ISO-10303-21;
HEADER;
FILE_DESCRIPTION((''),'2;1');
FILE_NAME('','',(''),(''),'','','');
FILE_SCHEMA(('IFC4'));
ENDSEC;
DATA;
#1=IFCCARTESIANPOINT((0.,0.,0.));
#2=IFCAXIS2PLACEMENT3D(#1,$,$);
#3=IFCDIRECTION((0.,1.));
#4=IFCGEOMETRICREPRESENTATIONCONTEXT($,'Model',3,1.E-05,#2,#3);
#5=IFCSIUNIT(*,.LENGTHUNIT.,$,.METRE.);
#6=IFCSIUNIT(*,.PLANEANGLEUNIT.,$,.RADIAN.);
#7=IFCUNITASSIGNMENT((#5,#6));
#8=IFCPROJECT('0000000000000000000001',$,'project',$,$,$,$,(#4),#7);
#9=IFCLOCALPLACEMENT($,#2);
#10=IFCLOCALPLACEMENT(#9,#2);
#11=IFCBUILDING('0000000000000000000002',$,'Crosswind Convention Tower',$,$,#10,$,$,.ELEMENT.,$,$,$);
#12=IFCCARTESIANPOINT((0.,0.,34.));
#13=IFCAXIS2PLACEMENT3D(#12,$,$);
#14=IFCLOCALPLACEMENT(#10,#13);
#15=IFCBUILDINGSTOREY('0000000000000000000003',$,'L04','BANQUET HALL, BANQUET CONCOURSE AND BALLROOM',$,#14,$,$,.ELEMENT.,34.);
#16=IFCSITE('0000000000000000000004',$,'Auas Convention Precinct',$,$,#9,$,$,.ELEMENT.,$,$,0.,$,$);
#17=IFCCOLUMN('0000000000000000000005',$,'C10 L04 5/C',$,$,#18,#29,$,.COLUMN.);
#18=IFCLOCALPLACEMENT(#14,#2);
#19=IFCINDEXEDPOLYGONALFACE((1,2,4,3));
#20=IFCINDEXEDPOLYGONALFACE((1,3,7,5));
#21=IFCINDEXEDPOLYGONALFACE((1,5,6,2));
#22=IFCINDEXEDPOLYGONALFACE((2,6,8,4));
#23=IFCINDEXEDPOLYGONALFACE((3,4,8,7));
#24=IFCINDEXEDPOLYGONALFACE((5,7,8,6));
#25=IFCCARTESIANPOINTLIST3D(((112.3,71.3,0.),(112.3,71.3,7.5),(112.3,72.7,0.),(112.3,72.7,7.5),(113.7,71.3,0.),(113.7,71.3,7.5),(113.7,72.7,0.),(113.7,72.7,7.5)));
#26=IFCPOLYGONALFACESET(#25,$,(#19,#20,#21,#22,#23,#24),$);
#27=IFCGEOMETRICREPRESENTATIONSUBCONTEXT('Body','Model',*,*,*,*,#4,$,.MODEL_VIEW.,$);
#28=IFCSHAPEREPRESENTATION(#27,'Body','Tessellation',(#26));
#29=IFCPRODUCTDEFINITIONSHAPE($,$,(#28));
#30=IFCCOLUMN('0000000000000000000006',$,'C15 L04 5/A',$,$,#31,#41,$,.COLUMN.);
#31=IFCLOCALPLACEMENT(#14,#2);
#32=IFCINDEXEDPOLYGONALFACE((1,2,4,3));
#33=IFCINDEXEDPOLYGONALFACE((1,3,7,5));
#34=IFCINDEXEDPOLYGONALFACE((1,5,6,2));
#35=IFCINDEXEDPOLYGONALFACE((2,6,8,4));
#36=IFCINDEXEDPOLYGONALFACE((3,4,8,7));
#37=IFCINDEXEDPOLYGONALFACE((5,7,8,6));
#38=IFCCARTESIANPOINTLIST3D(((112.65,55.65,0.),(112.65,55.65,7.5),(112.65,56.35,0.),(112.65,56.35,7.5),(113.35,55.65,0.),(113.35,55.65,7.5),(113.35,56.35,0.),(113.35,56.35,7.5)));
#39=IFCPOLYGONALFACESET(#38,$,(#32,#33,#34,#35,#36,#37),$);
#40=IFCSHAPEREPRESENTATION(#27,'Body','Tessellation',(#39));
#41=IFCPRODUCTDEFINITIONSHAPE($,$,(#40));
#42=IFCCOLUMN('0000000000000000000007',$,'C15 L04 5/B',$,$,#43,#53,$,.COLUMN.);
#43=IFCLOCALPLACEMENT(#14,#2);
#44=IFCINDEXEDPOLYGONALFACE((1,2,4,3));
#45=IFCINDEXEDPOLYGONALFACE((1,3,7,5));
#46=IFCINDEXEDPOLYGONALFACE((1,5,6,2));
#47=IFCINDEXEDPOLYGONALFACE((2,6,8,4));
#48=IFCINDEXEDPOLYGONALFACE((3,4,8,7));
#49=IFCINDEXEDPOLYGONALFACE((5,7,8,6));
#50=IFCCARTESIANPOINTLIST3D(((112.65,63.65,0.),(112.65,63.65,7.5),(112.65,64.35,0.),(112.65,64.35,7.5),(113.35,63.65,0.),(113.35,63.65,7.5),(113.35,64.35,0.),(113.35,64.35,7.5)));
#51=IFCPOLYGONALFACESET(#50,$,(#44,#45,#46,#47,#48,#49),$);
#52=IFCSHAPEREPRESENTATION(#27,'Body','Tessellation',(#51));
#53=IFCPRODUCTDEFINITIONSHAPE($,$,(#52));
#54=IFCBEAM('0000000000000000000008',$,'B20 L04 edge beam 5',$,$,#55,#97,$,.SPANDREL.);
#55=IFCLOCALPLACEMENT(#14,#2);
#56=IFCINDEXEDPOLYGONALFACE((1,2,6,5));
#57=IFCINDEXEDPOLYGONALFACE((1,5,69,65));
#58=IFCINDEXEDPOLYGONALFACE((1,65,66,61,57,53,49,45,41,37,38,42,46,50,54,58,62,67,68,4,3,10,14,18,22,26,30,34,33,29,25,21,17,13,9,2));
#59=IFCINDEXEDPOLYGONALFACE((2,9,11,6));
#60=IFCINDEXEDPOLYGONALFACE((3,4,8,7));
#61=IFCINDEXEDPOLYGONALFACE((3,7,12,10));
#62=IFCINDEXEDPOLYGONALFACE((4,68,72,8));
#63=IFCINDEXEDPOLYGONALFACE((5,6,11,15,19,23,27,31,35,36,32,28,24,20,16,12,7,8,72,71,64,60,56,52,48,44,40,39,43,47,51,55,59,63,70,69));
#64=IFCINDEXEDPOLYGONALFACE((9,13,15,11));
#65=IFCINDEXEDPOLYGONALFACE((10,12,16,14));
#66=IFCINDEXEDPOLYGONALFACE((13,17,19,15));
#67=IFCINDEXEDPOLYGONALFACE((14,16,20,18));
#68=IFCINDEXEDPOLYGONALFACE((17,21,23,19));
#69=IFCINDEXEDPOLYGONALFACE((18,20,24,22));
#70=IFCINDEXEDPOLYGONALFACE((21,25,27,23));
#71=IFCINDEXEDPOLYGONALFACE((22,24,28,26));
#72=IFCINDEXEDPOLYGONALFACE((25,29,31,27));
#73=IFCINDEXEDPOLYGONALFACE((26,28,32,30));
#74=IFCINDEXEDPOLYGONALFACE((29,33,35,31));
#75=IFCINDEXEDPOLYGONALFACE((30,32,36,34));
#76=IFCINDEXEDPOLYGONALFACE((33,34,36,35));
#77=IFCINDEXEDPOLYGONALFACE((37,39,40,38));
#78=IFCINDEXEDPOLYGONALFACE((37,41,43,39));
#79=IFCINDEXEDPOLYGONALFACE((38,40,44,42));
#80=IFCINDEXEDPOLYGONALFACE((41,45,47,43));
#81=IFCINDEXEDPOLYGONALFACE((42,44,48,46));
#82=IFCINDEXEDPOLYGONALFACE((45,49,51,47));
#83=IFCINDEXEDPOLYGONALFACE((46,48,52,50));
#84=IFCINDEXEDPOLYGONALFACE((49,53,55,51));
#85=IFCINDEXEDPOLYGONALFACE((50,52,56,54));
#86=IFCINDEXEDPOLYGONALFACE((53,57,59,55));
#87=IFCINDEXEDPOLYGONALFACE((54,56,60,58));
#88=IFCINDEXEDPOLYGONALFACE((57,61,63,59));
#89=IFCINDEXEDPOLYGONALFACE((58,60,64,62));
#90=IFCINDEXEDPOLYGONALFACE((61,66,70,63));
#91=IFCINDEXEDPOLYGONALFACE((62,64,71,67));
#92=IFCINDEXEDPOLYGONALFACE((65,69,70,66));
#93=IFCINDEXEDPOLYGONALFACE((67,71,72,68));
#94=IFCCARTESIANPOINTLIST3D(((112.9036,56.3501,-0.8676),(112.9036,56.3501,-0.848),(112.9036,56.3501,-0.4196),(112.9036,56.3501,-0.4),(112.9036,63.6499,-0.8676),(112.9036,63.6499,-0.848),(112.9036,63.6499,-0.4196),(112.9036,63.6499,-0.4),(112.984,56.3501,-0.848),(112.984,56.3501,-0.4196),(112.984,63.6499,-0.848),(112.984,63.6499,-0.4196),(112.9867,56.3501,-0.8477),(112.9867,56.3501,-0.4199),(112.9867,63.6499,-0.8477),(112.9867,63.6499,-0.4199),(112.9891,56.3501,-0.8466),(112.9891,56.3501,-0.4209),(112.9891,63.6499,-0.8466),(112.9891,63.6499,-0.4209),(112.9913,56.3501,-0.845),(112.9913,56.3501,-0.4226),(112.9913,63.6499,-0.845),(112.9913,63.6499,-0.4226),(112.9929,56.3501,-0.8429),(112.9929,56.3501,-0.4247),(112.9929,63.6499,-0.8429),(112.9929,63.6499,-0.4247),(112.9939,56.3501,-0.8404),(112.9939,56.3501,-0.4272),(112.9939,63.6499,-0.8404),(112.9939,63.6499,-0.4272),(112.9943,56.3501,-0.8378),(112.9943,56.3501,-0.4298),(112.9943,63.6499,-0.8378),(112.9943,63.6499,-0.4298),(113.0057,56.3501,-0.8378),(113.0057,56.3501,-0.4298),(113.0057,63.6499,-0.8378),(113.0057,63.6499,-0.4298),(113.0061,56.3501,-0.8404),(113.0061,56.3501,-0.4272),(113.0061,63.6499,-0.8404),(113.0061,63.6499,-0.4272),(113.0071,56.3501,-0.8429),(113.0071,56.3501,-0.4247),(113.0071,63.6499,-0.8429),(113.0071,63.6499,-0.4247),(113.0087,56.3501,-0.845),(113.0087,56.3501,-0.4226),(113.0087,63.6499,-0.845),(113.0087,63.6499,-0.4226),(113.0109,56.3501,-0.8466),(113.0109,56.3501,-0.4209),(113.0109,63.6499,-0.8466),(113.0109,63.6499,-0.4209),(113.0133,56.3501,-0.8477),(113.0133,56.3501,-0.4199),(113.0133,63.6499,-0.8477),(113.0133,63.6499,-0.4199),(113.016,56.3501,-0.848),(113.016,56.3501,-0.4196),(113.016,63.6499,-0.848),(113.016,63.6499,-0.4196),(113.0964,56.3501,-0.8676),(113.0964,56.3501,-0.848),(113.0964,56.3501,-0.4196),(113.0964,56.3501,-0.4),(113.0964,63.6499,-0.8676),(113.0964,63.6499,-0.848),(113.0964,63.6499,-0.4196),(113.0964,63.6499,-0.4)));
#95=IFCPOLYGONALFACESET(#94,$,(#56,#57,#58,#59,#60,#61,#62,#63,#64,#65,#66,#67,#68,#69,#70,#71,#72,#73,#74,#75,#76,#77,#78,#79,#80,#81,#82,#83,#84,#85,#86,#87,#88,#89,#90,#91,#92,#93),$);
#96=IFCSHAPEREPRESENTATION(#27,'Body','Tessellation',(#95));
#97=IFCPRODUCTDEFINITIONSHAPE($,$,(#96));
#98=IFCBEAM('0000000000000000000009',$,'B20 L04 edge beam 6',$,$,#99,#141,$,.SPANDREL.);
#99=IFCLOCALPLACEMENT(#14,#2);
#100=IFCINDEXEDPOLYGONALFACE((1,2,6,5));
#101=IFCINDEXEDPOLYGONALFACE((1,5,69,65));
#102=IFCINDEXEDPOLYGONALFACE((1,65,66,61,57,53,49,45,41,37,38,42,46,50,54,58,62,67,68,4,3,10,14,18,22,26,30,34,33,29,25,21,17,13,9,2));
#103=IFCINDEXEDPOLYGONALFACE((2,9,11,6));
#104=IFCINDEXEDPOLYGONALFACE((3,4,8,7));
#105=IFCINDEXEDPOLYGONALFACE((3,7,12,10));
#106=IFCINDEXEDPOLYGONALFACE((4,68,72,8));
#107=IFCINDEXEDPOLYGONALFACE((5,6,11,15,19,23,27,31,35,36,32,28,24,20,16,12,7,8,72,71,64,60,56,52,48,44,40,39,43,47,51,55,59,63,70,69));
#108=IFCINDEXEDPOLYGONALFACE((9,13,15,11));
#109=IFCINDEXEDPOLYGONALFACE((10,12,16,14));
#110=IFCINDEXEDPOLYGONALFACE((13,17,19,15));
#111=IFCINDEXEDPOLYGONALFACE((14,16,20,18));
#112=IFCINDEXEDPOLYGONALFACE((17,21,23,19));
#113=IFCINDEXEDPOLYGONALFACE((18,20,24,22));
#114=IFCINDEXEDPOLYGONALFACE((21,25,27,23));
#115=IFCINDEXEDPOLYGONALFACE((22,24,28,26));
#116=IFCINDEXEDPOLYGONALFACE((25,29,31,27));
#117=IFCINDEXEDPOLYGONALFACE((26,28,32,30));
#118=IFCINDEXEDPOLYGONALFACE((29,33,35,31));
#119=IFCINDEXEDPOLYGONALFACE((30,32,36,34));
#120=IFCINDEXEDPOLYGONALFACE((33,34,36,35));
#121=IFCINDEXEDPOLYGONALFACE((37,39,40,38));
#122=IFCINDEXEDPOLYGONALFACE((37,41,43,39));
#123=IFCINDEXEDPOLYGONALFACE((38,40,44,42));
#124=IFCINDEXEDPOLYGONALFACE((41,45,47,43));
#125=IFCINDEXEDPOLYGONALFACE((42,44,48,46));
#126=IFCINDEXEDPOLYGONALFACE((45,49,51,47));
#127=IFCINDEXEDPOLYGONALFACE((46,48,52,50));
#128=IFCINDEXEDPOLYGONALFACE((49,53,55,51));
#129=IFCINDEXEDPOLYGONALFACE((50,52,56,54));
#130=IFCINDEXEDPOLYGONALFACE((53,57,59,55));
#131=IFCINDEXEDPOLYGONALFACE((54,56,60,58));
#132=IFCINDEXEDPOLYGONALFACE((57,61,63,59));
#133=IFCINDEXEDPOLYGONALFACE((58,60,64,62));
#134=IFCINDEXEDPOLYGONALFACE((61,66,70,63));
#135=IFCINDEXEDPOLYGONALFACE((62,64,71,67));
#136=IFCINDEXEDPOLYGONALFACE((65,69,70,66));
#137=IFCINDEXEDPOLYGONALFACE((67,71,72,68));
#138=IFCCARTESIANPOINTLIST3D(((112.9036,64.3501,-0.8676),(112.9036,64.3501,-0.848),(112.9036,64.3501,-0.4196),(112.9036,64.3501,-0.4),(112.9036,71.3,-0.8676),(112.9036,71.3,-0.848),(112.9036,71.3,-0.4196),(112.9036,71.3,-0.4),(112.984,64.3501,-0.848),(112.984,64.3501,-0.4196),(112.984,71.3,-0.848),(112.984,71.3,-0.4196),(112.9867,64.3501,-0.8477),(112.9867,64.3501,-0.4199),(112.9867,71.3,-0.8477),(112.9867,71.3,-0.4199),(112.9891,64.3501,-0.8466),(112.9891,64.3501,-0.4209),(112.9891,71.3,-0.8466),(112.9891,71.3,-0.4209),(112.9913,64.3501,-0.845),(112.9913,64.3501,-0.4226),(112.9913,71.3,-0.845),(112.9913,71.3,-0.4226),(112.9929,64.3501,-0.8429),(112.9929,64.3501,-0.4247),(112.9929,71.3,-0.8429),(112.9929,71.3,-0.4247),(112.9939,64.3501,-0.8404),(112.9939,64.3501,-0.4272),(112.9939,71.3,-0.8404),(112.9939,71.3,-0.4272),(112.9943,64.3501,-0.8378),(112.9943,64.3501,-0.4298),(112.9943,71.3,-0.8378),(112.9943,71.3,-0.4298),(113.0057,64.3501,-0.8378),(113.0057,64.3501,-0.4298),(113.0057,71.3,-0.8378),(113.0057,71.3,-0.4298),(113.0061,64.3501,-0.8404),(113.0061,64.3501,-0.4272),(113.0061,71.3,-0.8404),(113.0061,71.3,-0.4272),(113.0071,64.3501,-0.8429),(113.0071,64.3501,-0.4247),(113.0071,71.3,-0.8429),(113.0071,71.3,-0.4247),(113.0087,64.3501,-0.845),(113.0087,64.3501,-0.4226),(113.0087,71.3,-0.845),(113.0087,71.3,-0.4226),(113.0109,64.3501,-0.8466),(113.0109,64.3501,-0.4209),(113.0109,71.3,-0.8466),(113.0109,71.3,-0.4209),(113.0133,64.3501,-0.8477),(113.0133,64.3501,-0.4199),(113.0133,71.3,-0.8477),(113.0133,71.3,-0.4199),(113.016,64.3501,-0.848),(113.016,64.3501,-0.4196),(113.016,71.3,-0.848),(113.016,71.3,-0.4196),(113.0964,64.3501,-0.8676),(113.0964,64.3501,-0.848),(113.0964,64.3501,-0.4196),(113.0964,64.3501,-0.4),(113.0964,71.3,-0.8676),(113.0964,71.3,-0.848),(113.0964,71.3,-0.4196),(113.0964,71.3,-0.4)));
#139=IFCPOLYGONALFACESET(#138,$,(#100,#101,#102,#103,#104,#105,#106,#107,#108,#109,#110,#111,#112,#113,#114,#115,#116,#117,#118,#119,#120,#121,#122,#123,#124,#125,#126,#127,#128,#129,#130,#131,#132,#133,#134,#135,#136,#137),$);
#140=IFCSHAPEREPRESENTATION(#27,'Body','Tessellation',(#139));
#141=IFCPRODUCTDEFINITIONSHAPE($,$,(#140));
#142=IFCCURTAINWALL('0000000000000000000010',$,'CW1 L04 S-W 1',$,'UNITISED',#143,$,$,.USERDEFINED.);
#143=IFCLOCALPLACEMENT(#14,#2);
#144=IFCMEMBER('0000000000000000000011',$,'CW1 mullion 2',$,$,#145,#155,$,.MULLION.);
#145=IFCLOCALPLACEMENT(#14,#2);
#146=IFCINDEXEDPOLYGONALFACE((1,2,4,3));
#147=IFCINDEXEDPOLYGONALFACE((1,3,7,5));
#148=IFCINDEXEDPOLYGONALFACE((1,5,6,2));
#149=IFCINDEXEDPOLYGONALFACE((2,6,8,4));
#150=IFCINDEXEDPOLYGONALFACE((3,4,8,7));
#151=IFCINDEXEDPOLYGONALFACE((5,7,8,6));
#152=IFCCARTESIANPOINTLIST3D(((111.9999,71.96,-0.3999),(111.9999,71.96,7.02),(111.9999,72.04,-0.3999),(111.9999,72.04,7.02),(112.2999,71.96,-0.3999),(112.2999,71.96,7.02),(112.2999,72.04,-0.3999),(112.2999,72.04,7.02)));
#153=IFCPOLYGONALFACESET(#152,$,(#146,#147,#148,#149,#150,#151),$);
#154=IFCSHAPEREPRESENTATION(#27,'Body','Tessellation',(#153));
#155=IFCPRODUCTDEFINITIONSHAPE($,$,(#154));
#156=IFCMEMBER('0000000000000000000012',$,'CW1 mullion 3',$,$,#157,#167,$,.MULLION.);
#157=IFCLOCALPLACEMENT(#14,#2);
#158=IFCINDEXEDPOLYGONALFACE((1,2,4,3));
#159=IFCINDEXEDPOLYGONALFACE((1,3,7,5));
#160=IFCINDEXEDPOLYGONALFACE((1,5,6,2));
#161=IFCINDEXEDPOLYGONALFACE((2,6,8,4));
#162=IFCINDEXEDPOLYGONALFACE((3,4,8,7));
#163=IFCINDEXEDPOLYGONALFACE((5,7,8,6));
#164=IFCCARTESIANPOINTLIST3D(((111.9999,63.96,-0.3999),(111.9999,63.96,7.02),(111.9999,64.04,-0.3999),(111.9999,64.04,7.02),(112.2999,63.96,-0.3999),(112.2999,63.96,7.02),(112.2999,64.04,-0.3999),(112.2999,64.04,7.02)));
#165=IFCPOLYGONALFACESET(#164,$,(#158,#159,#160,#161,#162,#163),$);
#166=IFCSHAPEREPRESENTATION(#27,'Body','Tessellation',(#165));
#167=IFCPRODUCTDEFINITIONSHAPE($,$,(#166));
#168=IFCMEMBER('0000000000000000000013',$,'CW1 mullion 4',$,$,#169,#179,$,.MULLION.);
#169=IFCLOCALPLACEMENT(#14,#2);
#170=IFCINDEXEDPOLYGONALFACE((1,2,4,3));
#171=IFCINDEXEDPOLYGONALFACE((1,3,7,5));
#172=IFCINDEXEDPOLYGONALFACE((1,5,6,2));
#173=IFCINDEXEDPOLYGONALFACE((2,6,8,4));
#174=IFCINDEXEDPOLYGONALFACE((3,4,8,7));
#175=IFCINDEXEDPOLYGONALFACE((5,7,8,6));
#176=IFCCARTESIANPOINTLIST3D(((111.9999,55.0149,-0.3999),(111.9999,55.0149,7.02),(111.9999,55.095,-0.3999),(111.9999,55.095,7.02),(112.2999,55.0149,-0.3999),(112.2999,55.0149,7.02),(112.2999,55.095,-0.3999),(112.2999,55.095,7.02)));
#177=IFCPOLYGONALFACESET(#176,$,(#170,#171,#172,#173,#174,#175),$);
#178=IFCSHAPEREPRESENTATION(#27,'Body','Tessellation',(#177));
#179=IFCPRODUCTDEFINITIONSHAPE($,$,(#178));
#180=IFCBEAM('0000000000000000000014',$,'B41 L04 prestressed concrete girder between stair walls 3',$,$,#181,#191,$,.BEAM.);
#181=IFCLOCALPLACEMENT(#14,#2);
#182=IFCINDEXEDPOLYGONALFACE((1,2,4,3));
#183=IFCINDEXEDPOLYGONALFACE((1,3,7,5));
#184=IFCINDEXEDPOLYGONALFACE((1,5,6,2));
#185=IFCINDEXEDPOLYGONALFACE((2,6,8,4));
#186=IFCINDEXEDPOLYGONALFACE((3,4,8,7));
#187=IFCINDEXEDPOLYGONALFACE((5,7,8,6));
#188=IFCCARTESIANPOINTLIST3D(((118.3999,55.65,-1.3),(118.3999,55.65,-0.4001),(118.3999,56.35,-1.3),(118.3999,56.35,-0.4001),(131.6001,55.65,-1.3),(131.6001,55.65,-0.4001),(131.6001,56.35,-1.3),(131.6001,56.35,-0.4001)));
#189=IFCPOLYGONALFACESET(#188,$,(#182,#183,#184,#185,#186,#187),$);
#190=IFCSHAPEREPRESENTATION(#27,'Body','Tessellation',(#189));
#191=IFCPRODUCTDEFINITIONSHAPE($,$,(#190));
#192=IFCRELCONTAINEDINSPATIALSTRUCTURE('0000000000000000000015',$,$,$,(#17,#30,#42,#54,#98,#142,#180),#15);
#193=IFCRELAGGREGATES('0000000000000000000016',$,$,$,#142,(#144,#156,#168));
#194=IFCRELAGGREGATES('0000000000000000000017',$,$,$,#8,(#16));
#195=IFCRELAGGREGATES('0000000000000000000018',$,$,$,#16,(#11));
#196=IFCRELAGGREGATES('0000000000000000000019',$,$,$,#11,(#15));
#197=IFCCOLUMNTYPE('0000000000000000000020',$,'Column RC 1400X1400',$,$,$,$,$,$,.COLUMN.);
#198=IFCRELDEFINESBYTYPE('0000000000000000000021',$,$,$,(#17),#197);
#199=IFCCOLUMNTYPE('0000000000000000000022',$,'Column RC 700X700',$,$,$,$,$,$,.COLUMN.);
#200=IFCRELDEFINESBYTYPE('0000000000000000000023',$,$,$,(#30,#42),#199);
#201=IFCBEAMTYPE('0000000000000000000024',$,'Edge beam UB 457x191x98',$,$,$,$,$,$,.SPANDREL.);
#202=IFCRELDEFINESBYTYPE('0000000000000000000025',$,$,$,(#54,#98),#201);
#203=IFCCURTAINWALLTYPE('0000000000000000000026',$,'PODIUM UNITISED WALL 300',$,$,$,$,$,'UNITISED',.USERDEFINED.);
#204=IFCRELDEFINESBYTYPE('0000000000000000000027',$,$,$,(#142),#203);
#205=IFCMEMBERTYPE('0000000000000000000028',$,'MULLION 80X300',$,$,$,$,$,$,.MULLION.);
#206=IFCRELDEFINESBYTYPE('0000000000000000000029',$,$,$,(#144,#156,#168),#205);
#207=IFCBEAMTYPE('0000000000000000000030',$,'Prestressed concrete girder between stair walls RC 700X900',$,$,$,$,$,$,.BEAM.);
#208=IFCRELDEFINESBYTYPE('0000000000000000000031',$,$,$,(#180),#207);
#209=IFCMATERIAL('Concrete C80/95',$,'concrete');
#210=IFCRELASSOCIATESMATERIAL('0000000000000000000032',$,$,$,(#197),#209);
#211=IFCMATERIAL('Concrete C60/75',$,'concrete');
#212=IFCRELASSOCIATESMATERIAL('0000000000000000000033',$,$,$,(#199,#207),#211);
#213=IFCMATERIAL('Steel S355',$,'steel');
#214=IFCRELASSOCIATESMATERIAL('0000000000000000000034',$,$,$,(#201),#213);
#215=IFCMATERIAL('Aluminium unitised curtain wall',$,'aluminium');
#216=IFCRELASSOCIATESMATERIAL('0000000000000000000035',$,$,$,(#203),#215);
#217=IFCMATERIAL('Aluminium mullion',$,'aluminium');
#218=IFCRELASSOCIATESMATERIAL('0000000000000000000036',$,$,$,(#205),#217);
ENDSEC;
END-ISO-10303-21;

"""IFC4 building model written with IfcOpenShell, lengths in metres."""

from ifc_helpers import new_model, si_unit, direction, frame, origin, origin_2d, place, context, subcontext, project, spatial, rectangle, i_section, extrude, material, material_profile, profile_set, type_object, element, aggregate, save


model = new_model("IFC4")

# Units and contexts
model_context = context("Model", 3, precision=1e-05, world=origin(), true_north=direction((0.0, 1.0)))
body_context = subcontext(model_context, "Body", "Model", "MODEL_VIEW")
ifc_project = project(units=[si_unit("LENGTHUNIT", "METRE"), si_unit("PLANEANGLEUNIT", "RADIAN")], contexts=[model_context])

# Site, building, storey
site_placement = place(None, origin())
site = spatial("IfcSite", under=ifc_project, at=site_placement, Name="Auas Convention Precinct", CompositionType="ELEMENT", RefElevation=0.0)
building_placement = place(site_placement, origin())
building = spatial("IfcBuilding", under=site, at=building_placement, Name="Crosswind Convention Tower", CompositionType="ELEMENT")
storey_placement = place(building_placement, frame((0.0, 0.0, 34.0)))
storey = spatial("IfcBuildingStorey", under=building, at=storey_placement, Name="L04", Description="BANQUET HALL, BANQUET CONCOURSE AND BALLROOM", CompositionType="ELEMENT", Elevation=34.0)

# Columns
ifc_material_1 = material(Name="Concrete C80/95", Category="concrete")
ifc_material_profile_1 = material_profile(ifc_material_1, rectangle(XDim=1.3999, YDim=1.3999, at=origin_2d()), Name="RC 1400X1400")
ifc_profile_set_1 = profile_set([ifc_material_profile_1], Name="Concrete C80/95")
column_type_1 = type_object("IfcColumnType", Name="Column RC 1400X1400", PredefinedType="COLUMN", material=ifc_profile_set_1)
column_placement = place(storey_placement, frame((113.0, 72.0, 0.0), z_axis=(0.0, 0.0, 1.0), x_axis=(1.0, 0.0, 0.0)))
element("IfcColumn", 1, at=column_placement, inside=storey, type_object=column_type_1, Name="C10 L04 5/C", PredefinedType="COLUMN", context=body_context, shape_type="SweptSolid", body=[
    extrude(rectangle(XDim=1.3999, YDim=1.3999, at=origin_2d()), origin(), (0.0, 0.0, 1.0), 7.5),
])
ifc_material_2 = material(Name="Concrete C60/75", Category="concrete")
ifc_material_profile_2 = material_profile(ifc_material_2, rectangle(XDim=0.7, YDim=0.7, at=origin_2d()), Name="RC 700X700")
ifc_profile_set_2 = profile_set([ifc_material_profile_2], Name="Concrete C60/75")
column_type_2 = type_object("IfcColumnType", Name="Column RC 700X700", PredefinedType="COLUMN", material=ifc_profile_set_2)
for number, where, z_axis, x_axis, name in (
    (2, (113.0, 56.0, 0.0), (0.0, 0.0, 1.0), (1.0, 0.0, 0.0), "C15 L04 5/A"),
    (3, (113.0, 64.0, 0.0), (0.0, 0.0, 1.0), (1.0, 0.0, 0.0), "C15 L04 5/B"),
):
    element("IfcColumn", number, at=place(storey_placement, frame(where, z_axis=z_axis, x_axis=x_axis)), inside=storey, type_object=column_type_2, Name=name, PredefinedType="COLUMN", context=body_context, shape_type="SweptSolid", body=[
        extrude(rectangle(XDim=0.7, YDim=0.7, at=origin_2d()), origin(), (0.0, 0.0, 1.0), 7.5),
    ])

# Beams
ifc_material_3 = material(Name="Steel S355", Category="steel")
ifc_material_profile_3 = material_profile(ifc_material_3, i_section(OverallWidth=0.1929, OverallDepth=0.4675, WebThickness=0.0115, FlangeThickness=0.0195, FilletRadius=0.0103, at=origin_2d()), Name="UB 457x191x98")
ifc_profile_set_3 = profile_set([ifc_material_profile_3], Name="Steel S355")
beam_type_1 = type_object("IfcBeamType", Name="Edge beam UB 457x191x98", PredefinedType="SPANDREL", material=ifc_profile_set_3)
beam_1_placement = place(storey_placement, frame((113.0, 56.3501, -0.6338), z_axis=(0.0, 1.0, 0.0), x_axis=(-1.0, 0.0, 0.0)))
element("IfcBeam", 4, at=beam_1_placement, inside=storey, type_object=beam_type_1, Name="B20 L04 edge beam 5", PredefinedType="SPANDREL", context=body_context, shape_type="SweptSolid", body=[
    extrude(i_section(OverallWidth=0.1929, OverallDepth=0.4675, WebThickness=0.0115, FlangeThickness=0.0195, FilletRadius=0.0103, at=origin_2d()), origin(), (0.0, 0.0, 1.0), 7.2998),
])
beam_2_placement = place(storey_placement, frame((113.0, 64.3501, -0.6338), z_axis=(0.0, 1.0, 0.0), x_axis=(-1.0, 0.0, 0.0)))
element("IfcBeam", 5, at=beam_2_placement, inside=storey, type_object=beam_type_1, Name="B20 L04 edge beam 6", PredefinedType="SPANDREL", context=body_context, shape_type="SweptSolid", body=[
    extrude(i_section(OverallWidth=0.1929, OverallDepth=0.4675, WebThickness=0.0115, FlangeThickness=0.0195, FilletRadius=0.0103, at=origin_2d()), origin(), (0.0, 0.0, 1.0), 6.95),
])

# Curtain wall, members
ifc_material_4 = material(Name="Aluminium unitised curtain wall", Category="aluminium")
curtain_wall_type = type_object("IfcCurtainWallType", Name="PODIUM UNITISED WALL 300", ElementType="UNITISED", PredefinedType="USERDEFINED", material=ifc_material_4)
curtain_wall_placement = place(storey_placement, origin())
curtain_wall = element("IfcCurtainWall", 6, at=curtain_wall_placement, inside=storey, type_object=curtain_wall_type, Name="CW1 L04 S-W 1", ObjectType="UNITISED", PredefinedType="USERDEFINED")
ifc_material_5 = material(Name="Aluminium mullion", Category="aluminium")
ifc_material_profile_4 = material_profile(ifc_material_5, rectangle(XDim=0.3, YDim=0.0801, at=origin_2d()), Name="AL 300X80")
ifc_profile_set_4 = profile_set([ifc_material_profile_4], Name="Aluminium mullion")
member_type = type_object("IfcMemberType", Name="MULLION 80X300", PredefinedType="MULLION", material=ifc_profile_set_4)
member_1_placement = place(storey_placement, frame((112.1499, 72.0, -0.3999), z_axis=(0.0, 0.0, 1.0), x_axis=(-1.0, 0.0, 0.0)))
member_1 = element("IfcMember", 7, at=member_1_placement, type_object=member_type, Name="CW1 mullion 2", PredefinedType="MULLION", context=body_context, shape_type="SweptSolid", body=[
    extrude(rectangle(XDim=0.3, YDim=0.0801, at=origin_2d()), origin(), (0.0, 0.0, 1.0), 7.4199),
])
member_2_placement = place(storey_placement, frame((112.1499, 64.0, -0.3999), z_axis=(0.0, 0.0, 1.0), x_axis=(-1.0, 0.0, 0.0)))
member_2 = element("IfcMember", 8, at=member_2_placement, type_object=member_type, Name="CW1 mullion 3", PredefinedType="MULLION", context=body_context, shape_type="SweptSolid", body=[
    extrude(rectangle(XDim=0.3, YDim=0.0801, at=origin_2d()), origin(), (0.0, 0.0, 1.0), 7.4199),
])
member_3_placement = place(storey_placement, frame((112.1499, 55.0549, -0.3999), z_axis=(0.0, 0.0, 1.0), x_axis=(-1.0, 0.0, 0.0)))
member_3 = element("IfcMember", 9, at=member_3_placement, type_object=member_type, Name="CW1 mullion 4", PredefinedType="MULLION", context=body_context, shape_type="SweptSolid", body=[
    extrude(rectangle(XDim=0.3, YDim=0.0801, at=origin_2d()), origin(), (0.0, 0.0, 1.0), 7.4199),
])

# Beam
ifc_material_profile_5 = material_profile(ifc_material_2, rectangle(XDim=0.7, YDim=0.8999, at=origin_2d()), Name="RC 700X900")
ifc_profile_set_5 = profile_set([ifc_material_profile_5], Name="Concrete C60/75")
beam_type_2 = type_object("IfcBeamType", Name="Prestressed concrete girder between stair walls RC 700X900", PredefinedType="BEAM", material=ifc_profile_set_5)
for number, where, z_axis, x_axis, name in (
    (10, (118.3999, 56.0, -0.8501), (1.0, 0.0, 0.0), (0.0, 1.0, 0.0), "B41 L04 prestressed concrete girder between stair walls 3"),
):
    element("IfcBeam", number, at=place(storey_placement, frame(where, z_axis=z_axis, x_axis=x_axis)), inside=storey, type_object=beam_type_2, Name=name, PredefinedType="BEAM", context=body_context, shape_type="SweptSolid", body=[
        extrude(rectangle(XDim=0.7, YDim=0.8999, at=origin_2d()), origin(), (0.0, 0.0, 1.0), 13.2002),
    ])

aggregate(curtain_wall, [member_1, member_2, member_3])

save(model, "model.ifc")
